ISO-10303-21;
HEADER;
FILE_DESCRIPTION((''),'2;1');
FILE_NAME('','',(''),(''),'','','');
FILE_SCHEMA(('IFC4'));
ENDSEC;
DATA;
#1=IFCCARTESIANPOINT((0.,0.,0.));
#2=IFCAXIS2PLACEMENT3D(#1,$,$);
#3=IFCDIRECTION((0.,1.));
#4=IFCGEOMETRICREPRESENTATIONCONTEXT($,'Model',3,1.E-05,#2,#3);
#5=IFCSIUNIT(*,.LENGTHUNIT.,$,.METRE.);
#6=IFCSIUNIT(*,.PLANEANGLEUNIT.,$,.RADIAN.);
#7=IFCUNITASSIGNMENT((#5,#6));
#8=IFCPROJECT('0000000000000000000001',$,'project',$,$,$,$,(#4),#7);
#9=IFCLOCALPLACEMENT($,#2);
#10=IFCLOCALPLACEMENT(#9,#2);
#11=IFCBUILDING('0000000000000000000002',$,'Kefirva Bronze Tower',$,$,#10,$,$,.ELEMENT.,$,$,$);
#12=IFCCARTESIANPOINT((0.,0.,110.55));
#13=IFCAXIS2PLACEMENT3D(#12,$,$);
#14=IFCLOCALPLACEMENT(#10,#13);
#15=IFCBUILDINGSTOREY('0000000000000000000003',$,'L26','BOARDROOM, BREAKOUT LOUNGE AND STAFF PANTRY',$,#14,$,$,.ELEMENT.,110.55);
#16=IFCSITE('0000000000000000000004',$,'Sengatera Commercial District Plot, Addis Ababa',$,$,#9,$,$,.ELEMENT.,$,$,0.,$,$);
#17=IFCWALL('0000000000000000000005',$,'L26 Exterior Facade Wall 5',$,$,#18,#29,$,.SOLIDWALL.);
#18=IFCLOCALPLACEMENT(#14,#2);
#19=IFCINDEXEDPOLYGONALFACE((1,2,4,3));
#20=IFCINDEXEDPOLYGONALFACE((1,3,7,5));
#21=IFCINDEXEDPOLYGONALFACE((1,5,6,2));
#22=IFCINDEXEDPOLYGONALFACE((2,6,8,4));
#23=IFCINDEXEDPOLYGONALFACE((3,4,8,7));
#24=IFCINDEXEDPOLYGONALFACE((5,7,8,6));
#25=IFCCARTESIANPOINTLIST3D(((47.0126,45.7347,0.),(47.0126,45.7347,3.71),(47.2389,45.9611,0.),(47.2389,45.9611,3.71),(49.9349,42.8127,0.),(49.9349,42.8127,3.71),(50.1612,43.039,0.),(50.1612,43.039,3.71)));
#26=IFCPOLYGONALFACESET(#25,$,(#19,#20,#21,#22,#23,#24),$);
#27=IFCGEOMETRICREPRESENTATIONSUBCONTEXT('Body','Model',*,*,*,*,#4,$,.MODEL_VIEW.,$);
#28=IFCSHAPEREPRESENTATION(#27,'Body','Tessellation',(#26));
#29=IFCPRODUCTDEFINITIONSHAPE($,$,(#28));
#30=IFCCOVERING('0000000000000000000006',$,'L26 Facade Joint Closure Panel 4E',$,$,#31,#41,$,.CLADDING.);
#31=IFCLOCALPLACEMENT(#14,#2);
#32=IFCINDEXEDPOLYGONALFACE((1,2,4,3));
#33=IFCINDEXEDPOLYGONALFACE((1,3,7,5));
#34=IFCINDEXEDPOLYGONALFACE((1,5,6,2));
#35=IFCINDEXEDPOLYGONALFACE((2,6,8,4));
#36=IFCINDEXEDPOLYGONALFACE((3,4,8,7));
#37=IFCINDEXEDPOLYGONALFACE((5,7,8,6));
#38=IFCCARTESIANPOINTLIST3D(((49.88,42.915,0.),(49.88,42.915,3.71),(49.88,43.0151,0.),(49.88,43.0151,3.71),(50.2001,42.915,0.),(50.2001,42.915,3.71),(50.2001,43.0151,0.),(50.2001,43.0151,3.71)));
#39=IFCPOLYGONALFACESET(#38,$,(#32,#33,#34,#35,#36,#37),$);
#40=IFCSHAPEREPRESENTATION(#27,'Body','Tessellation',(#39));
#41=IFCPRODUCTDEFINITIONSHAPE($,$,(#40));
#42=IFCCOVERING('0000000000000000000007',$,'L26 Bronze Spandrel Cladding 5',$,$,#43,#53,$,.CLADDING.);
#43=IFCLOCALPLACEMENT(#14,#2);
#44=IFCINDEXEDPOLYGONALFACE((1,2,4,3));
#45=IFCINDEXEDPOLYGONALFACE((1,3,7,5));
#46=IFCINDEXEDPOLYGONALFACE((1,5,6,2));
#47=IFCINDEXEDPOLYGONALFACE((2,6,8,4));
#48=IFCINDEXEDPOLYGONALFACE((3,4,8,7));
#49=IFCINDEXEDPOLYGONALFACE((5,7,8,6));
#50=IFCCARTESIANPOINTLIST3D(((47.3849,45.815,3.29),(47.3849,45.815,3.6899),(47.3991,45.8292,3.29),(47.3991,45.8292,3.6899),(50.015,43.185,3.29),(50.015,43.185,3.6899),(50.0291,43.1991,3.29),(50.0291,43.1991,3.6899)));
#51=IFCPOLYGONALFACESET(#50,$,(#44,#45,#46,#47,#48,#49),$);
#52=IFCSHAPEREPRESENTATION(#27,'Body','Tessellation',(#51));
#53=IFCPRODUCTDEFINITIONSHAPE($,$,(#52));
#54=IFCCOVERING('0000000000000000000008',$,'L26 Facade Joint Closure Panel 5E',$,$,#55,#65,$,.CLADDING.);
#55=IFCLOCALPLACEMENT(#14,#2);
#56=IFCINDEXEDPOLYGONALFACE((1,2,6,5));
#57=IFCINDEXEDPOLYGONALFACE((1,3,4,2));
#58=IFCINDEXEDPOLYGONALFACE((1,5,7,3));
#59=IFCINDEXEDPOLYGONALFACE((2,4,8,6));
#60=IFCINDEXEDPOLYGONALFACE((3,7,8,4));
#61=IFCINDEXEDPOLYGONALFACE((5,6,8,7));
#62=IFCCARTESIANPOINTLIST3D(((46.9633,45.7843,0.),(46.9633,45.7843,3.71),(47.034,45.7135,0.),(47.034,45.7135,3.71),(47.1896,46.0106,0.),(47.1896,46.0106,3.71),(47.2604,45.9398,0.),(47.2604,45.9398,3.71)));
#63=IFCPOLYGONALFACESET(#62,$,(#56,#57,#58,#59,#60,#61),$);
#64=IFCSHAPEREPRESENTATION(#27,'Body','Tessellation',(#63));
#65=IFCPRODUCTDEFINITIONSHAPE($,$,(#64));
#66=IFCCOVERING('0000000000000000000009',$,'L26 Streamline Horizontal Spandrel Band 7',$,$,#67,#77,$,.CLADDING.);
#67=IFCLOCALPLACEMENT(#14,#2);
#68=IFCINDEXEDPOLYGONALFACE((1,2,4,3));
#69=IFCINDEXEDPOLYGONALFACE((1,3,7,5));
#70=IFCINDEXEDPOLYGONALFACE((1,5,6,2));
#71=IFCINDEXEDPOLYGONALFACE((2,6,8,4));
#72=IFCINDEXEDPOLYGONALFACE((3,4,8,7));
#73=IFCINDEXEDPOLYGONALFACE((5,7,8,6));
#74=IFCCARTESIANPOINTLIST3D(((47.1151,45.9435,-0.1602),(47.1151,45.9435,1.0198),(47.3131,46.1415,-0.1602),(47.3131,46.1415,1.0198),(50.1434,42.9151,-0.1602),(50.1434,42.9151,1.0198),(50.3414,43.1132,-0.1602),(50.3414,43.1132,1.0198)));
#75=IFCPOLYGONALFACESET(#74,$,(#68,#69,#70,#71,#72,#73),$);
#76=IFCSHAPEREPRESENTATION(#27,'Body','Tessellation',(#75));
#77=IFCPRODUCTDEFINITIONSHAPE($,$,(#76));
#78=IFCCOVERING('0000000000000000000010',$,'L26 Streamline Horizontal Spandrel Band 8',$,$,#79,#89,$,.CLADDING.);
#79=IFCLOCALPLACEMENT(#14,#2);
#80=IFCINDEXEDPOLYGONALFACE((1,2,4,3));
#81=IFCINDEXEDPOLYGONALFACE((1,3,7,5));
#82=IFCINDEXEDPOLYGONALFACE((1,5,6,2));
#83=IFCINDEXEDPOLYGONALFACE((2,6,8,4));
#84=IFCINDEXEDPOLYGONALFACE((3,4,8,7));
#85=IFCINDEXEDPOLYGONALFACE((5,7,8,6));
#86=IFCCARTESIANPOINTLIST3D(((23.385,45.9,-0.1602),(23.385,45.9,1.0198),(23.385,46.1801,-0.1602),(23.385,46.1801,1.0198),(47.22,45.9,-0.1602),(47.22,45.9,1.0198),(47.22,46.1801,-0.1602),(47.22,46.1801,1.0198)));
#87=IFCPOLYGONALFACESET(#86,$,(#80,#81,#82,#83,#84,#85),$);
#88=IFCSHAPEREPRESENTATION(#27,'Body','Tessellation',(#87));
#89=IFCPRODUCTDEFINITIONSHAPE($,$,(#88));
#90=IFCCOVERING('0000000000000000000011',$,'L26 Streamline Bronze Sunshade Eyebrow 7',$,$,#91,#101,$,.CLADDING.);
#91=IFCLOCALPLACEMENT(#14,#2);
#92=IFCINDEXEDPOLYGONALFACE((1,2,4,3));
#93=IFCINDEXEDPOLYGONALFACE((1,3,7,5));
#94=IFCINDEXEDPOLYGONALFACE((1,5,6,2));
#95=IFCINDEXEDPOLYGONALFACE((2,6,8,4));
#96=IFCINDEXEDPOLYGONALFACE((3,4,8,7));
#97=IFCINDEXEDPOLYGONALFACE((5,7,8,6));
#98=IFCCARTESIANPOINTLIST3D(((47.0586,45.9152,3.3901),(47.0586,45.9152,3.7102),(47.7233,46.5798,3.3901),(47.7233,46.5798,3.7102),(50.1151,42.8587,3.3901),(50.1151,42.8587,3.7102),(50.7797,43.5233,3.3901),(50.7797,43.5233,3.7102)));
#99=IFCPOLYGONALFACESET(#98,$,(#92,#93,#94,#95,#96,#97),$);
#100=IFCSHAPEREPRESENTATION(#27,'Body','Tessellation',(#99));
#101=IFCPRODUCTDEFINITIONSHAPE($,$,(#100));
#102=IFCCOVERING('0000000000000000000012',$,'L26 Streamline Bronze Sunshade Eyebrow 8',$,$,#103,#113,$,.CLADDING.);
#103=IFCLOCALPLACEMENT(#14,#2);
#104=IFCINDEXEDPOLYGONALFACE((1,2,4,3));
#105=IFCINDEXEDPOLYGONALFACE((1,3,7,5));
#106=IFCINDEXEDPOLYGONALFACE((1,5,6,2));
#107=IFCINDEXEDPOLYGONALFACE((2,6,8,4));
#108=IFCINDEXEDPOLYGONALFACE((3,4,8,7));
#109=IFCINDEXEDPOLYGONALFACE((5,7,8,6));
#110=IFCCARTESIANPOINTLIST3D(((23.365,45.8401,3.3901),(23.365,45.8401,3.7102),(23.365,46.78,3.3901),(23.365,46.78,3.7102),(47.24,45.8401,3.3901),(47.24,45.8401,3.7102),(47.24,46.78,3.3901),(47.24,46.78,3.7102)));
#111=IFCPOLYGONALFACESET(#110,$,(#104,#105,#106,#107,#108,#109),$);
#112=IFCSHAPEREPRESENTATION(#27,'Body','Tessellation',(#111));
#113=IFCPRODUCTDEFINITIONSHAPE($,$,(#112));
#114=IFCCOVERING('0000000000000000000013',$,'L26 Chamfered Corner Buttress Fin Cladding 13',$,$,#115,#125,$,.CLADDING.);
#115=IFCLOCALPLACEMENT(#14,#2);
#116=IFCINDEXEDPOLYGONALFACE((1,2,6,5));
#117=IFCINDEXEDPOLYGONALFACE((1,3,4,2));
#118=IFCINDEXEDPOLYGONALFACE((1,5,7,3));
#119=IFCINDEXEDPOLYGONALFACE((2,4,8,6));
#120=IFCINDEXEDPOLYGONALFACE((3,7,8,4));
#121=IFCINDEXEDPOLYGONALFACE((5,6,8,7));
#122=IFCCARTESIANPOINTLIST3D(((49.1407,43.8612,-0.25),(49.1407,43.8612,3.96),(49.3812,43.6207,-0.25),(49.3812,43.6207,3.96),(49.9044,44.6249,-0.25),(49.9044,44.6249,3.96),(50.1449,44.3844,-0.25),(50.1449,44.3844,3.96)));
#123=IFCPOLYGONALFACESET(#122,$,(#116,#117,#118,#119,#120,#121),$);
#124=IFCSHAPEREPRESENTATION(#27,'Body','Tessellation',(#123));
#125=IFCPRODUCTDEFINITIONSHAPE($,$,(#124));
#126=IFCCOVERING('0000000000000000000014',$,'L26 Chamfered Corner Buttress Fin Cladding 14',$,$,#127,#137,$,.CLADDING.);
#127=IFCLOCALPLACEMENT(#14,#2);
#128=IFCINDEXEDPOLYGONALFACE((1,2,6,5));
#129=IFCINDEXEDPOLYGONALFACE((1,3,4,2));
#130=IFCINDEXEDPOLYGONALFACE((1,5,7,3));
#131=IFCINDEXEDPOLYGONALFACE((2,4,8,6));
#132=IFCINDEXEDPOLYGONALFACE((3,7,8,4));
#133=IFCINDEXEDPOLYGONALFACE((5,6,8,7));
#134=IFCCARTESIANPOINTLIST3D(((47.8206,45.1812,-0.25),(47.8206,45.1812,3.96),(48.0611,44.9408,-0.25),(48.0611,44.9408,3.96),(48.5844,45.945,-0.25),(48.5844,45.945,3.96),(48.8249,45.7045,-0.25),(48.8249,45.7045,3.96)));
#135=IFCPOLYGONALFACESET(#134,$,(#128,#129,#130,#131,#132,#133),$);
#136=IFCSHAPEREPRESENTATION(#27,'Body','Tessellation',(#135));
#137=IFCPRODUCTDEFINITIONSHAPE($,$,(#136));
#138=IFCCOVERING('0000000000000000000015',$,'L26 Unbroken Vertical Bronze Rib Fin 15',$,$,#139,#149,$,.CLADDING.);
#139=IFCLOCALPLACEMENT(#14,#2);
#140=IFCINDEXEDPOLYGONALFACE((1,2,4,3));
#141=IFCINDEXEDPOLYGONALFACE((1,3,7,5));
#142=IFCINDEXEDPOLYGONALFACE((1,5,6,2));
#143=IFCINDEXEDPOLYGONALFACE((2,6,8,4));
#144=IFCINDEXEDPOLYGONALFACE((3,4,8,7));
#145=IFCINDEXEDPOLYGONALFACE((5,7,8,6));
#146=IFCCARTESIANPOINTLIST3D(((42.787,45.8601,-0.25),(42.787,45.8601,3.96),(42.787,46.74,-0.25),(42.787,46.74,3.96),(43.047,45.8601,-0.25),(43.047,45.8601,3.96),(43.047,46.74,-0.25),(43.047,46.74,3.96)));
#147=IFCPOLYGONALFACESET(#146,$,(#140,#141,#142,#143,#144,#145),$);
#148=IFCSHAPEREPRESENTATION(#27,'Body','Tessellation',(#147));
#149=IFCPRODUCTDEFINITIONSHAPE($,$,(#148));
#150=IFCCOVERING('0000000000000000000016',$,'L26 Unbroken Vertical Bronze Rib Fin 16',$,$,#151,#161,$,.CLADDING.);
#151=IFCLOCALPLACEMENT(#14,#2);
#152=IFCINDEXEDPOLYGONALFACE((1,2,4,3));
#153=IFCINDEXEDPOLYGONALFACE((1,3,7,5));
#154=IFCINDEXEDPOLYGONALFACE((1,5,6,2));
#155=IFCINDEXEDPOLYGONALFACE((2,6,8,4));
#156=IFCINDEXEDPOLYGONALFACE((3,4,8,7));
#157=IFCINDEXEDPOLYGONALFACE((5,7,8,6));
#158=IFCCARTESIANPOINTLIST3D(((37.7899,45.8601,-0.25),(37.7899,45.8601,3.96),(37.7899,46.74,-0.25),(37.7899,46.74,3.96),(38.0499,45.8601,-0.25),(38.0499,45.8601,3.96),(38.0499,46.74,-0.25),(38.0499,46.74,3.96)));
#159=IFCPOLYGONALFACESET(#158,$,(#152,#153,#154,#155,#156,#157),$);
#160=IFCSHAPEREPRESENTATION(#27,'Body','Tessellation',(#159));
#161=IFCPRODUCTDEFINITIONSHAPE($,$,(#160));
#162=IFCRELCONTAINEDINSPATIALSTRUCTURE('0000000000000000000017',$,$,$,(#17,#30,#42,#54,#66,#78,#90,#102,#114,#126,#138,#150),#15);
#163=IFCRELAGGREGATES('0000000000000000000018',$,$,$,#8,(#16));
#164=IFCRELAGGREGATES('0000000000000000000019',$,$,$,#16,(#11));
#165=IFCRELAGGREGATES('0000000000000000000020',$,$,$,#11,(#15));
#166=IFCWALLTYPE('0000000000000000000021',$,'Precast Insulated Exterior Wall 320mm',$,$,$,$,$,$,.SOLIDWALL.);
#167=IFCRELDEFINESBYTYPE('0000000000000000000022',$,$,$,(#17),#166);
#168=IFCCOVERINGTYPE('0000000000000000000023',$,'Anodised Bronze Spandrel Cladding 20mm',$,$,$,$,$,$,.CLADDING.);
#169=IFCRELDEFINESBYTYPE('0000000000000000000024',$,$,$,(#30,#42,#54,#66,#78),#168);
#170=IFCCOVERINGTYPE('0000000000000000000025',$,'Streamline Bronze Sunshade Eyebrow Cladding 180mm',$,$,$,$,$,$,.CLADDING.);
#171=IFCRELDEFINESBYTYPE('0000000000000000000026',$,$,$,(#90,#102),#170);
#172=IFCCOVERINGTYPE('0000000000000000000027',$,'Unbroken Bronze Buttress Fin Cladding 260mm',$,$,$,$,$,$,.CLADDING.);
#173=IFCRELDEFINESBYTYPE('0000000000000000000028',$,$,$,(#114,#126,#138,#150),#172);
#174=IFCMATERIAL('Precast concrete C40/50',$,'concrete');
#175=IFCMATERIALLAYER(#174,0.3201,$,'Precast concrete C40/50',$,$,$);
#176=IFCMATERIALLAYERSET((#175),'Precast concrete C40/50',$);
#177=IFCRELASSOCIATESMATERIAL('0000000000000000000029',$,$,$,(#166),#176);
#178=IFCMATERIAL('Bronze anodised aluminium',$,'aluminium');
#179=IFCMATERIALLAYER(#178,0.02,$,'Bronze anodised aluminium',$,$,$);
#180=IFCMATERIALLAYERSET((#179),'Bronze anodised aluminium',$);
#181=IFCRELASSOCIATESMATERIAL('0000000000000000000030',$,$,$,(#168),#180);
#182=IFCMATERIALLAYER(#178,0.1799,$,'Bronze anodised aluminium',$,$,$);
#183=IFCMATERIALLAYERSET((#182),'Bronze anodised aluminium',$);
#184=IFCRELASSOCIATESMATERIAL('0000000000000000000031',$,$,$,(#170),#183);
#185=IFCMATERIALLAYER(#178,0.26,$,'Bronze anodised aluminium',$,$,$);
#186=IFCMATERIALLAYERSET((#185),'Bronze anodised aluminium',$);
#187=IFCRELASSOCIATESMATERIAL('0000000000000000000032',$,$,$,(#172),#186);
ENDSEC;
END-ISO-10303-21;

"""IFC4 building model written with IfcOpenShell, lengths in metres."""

from ifc_helpers import new_model, si_unit, direction, frame, frame_2d, origin, origin_2d, place, context, subcontext, project, spatial, rectangle, extrude, material, layer, layer_set, type_object, element, save


model = new_model("IFC4")

# Units and contexts
model_context = context("Model", 3, precision=1e-05, world=origin(), true_north=direction((0.0, 1.0)))
body_context = subcontext(model_context, "Body", "Model", "MODEL_VIEW")
ifc_project = project(units=[si_unit("LENGTHUNIT", "METRE"), si_unit("PLANEANGLEUNIT", "RADIAN")], contexts=[model_context])

# Site, building, storey
site_placement = place(None, origin())
site = spatial("IfcSite", under=ifc_project, at=site_placement, Name="Sengatera Commercial District Plot, Addis Ababa", CompositionType="ELEMENT", RefElevation=0.0)
building_placement = place(site_placement, origin())
building = spatial("IfcBuilding", under=site, at=building_placement, Name="Kefirva Bronze Tower", CompositionType="ELEMENT")
storey_placement = place(building_placement, frame((0.0, 0.0, 110.55)))
storey = spatial("IfcBuildingStorey", under=building, at=storey_placement, Name="L26", Description="BOARDROOM, BREAKOUT LOUNGE AND STAFF PANTRY", CompositionType="ELEMENT", Elevation=110.55)

# Shared definitions
ifc_material_1 = material(Name="Bronze anodised aluminium", Category="aluminium")

# Wall
ifc_material_2 = material(Name="Precast concrete C40/50", Category="concrete")
ifc_layer_1 = layer(ifc_material_2, 0.3201, Name="Precast concrete C40/50")
ifc_layer_set_1 = layer_set([ifc_layer_1], Name="Precast concrete C40/50")
wall_type = type_object("IfcWallType", Name="Precast Insulated Exterior Wall 320mm", PredefinedType="SOLIDWALL", material=ifc_layer_set_1)
wall_placement = place(storey_placement, frame((50.0481, 42.9258, 0.0), z_axis=(0.0, 0.0, 1.0), x_axis=(-0.707136, 0.707077, 0.0)))
element("IfcWall", 1, at=wall_placement, inside=storey, type_object=wall_type, Name="L26 Exterior Facade Wall 5", PredefinedType="SOLIDWALL", context=body_context, shape_type="SweptSolid", body=[
    extrude(rectangle(XDim=4.1326, YDim=0.3201, at=frame_2d((2.0664, 0.0))), origin(), (0.0, 0.0, 1.0), 3.71),
])

# Coverings
ifc_layer_2 = layer(ifc_material_1, 0.02, Name="Bronze anodised aluminium")
ifc_layer_set_2 = layer_set([ifc_layer_2], Name="Bronze anodised aluminium")
covering_type_1 = type_object("IfcCoveringType", Name="Anodised Bronze Spandrel Cladding 20mm", PredefinedType="CLADDING", material=ifc_layer_set_2)
covering_1_placement = place(storey_placement, frame((50.04, 42.9651, 0.0), z_axis=(0.0, 0.0, 1.0), x_axis=(0.0, 1.0, 0.0)))
element("IfcCovering", 2, at=covering_1_placement, inside=storey, type_object=covering_type_1, Name="L26 Facade Joint Closure Panel 4E", PredefinedType="CLADDING", context=body_context, shape_type="SweptSolid", body=[
    extrude(rectangle(XDim=0.1001, YDim=0.3201, at=origin_2d()), origin(), (0.0, 0.0, 1.0), 3.71),
])
covering_2_placement = place(storey_placement, frame((48.707, 44.5071, 3.29), z_axis=(0.0, 0.0, 1.0), x_axis=(-0.707107, 0.707107, 0.0)))
element("IfcCovering", 3, at=covering_2_placement, inside=storey, type_object=covering_type_1, Name="L26 Bronze Spandrel Cladding 5", PredefinedType="CLADDING", context=body_context, shape_type="SweptSolid", body=[
    extrude(rectangle(XDim=3.7195, YDim=0.02, at=origin_2d()), origin(), (0.0, 0.0, 1.0), 0.3999),
])
covering_3_placement = place(storey_placement, frame((47.1118, 45.8621, 0.0), z_axis=(0.0, 0.0, 1.0), x_axis=(-0.707107, 0.707107, 0.0)))
element("IfcCovering", 4, at=covering_3_placement, inside=storey, type_object=covering_type_1, Name="L26 Facade Joint Closure Panel 5E", PredefinedType="CLADDING", context=body_context, shape_type="SweptSolid", body=[
    extrude(rectangle(XDim=0.1001, YDim=0.3201, at=origin_2d()), origin(), (0.0, 0.0, 1.0), 3.71),
])
covering_4_placement = place(storey_placement, frame((48.7283, 44.5283, -0.1602), z_axis=(0.0, 0.0, 1.0), x_axis=(-0.707107, 0.707107, 0.0)))
element("IfcCovering", 5, at=covering_4_placement, inside=storey, type_object=covering_type_1, Name="L26 Streamline Horizontal Spandrel Band 7", PredefinedType="CLADDING", context=body_context, shape_type="SweptSolid", body=[
    extrude(rectangle(XDim=4.2827, YDim=0.28, at=origin_2d()), origin(), (0.0, 0.0, 1.0), 1.1799),
])
covering_5_placement = place(storey_placement, frame((35.3025, 46.04, -0.1602), z_axis=(0.0, 0.0, 1.0), x_axis=(-1.0, 0.0, 0.0)))
element("IfcCovering", 6, at=covering_5_placement, inside=storey, type_object=covering_type_1, Name="L26 Streamline Horizontal Spandrel Band 8", PredefinedType="CLADDING", context=body_context, shape_type="SweptSolid", body=[
    extrude(rectangle(XDim=23.835, YDim=0.28, at=origin_2d()), origin(), (0.0, 0.0, 1.0), 1.1799),
])
ifc_layer_3 = layer(ifc_material_1, 0.1799, Name="Bronze anodised aluminium")
ifc_layer_set_3 = layer_set([ifc_layer_3], Name="Bronze anodised aluminium")
covering_type_2 = type_object("IfcCoveringType", Name="Streamline Bronze Sunshade Eyebrow Cladding 180mm", PredefinedType="CLADDING", material=ifc_layer_set_3)
covering_6_placement = place(storey_placement, frame((48.9192, 44.7192, 3.3901), z_axis=(0.0, 0.0, 1.0), x_axis=(-0.707107, 0.707107, 0.0)))
element("IfcCovering", 7, at=covering_6_placement, inside=storey, type_object=covering_type_2, Name="L26 Streamline Bronze Sunshade Eyebrow 7", PredefinedType="CLADDING", context=body_context, shape_type="SweptSolid", body=[
    extrude(rectangle(XDim=4.3225, YDim=0.9399, at=origin_2d()), origin(), (0.0, 0.0, 1.0), 0.3201),
])
covering_7_placement = place(storey_placement, frame((35.3025, 46.3101, 3.3901), z_axis=(0.0, 0.0, 1.0), x_axis=(-1.0, 0.0, 0.0)))
element("IfcCovering", 8, at=covering_7_placement, inside=storey, type_object=covering_type_2, Name="L26 Streamline Bronze Sunshade Eyebrow 8", PredefinedType="CLADDING", context=body_context, shape_type="SweptSolid", body=[
    extrude(rectangle(XDim=23.875, YDim=0.9399, at=origin_2d()), origin(), (0.0, 0.0, 1.0), 0.3201),
])
ifc_layer_4 = layer(ifc_material_1, 0.26, Name="Bronze anodised aluminium")
ifc_layer_set_4 = layer_set([ifc_layer_4], Name="Bronze anodised aluminium")
covering_type_3 = type_object("IfcCoveringType", Name="Unbroken Bronze Buttress Fin Cladding 260mm", PredefinedType="CLADDING", material=ifc_layer_set_4)
for number, where, z_axis, x_axis, name in (
    (9, (49.6428, 44.1228, -0.25), (0.0, 0.0, 1.0), (-0.707107, 0.707107, 0.0), "L26 Chamfered Corner Buttress Fin Cladding 13"),
    (10, (48.3228, 45.4429, -0.25), (0.0, 0.0, 1.0), (-0.707107, 0.707107, 0.0), "L26 Chamfered Corner Buttress Fin Cladding 14"),
):
    element("IfcCovering", number, at=place(storey_placement, frame(where, z_axis=z_axis, x_axis=x_axis)), inside=storey, type_object=covering_type_3, Name=name, PredefinedType="CLADDING", context=body_context, shape_type="SweptSolid", body=[
        extrude(rectangle(XDim=0.3401, YDim=1.0801, at=origin_2d()), origin(), (0.0, 0.0, 1.0), 4.21),
    ])
for number, where, z_axis, x_axis, name in (
    (11, (42.917, 46.3, -0.25), (0.0, 0.0, 1.0), (-1.0, 0.0, 0.0), "L26 Unbroken Vertical Bronze Rib Fin 15"),
    (12, (37.9199, 46.3, -0.25), (0.0, 0.0, 1.0), (-1.0, 0.0, 0.0), "L26 Unbroken Vertical Bronze Rib Fin 16"),
):
    element("IfcCovering", number, at=place(storey_placement, frame(where, z_axis=z_axis, x_axis=x_axis)), inside=storey, type_object=covering_type_3, Name=name, PredefinedType="CLADDING", context=body_context, shape_type="SweptSolid", body=[
        extrude(rectangle(XDim=0.26, YDim=0.8799, at=origin_2d()), origin(), (0.0, 0.0, 1.0), 4.21),
    ])

save(model, "model.ifc")
